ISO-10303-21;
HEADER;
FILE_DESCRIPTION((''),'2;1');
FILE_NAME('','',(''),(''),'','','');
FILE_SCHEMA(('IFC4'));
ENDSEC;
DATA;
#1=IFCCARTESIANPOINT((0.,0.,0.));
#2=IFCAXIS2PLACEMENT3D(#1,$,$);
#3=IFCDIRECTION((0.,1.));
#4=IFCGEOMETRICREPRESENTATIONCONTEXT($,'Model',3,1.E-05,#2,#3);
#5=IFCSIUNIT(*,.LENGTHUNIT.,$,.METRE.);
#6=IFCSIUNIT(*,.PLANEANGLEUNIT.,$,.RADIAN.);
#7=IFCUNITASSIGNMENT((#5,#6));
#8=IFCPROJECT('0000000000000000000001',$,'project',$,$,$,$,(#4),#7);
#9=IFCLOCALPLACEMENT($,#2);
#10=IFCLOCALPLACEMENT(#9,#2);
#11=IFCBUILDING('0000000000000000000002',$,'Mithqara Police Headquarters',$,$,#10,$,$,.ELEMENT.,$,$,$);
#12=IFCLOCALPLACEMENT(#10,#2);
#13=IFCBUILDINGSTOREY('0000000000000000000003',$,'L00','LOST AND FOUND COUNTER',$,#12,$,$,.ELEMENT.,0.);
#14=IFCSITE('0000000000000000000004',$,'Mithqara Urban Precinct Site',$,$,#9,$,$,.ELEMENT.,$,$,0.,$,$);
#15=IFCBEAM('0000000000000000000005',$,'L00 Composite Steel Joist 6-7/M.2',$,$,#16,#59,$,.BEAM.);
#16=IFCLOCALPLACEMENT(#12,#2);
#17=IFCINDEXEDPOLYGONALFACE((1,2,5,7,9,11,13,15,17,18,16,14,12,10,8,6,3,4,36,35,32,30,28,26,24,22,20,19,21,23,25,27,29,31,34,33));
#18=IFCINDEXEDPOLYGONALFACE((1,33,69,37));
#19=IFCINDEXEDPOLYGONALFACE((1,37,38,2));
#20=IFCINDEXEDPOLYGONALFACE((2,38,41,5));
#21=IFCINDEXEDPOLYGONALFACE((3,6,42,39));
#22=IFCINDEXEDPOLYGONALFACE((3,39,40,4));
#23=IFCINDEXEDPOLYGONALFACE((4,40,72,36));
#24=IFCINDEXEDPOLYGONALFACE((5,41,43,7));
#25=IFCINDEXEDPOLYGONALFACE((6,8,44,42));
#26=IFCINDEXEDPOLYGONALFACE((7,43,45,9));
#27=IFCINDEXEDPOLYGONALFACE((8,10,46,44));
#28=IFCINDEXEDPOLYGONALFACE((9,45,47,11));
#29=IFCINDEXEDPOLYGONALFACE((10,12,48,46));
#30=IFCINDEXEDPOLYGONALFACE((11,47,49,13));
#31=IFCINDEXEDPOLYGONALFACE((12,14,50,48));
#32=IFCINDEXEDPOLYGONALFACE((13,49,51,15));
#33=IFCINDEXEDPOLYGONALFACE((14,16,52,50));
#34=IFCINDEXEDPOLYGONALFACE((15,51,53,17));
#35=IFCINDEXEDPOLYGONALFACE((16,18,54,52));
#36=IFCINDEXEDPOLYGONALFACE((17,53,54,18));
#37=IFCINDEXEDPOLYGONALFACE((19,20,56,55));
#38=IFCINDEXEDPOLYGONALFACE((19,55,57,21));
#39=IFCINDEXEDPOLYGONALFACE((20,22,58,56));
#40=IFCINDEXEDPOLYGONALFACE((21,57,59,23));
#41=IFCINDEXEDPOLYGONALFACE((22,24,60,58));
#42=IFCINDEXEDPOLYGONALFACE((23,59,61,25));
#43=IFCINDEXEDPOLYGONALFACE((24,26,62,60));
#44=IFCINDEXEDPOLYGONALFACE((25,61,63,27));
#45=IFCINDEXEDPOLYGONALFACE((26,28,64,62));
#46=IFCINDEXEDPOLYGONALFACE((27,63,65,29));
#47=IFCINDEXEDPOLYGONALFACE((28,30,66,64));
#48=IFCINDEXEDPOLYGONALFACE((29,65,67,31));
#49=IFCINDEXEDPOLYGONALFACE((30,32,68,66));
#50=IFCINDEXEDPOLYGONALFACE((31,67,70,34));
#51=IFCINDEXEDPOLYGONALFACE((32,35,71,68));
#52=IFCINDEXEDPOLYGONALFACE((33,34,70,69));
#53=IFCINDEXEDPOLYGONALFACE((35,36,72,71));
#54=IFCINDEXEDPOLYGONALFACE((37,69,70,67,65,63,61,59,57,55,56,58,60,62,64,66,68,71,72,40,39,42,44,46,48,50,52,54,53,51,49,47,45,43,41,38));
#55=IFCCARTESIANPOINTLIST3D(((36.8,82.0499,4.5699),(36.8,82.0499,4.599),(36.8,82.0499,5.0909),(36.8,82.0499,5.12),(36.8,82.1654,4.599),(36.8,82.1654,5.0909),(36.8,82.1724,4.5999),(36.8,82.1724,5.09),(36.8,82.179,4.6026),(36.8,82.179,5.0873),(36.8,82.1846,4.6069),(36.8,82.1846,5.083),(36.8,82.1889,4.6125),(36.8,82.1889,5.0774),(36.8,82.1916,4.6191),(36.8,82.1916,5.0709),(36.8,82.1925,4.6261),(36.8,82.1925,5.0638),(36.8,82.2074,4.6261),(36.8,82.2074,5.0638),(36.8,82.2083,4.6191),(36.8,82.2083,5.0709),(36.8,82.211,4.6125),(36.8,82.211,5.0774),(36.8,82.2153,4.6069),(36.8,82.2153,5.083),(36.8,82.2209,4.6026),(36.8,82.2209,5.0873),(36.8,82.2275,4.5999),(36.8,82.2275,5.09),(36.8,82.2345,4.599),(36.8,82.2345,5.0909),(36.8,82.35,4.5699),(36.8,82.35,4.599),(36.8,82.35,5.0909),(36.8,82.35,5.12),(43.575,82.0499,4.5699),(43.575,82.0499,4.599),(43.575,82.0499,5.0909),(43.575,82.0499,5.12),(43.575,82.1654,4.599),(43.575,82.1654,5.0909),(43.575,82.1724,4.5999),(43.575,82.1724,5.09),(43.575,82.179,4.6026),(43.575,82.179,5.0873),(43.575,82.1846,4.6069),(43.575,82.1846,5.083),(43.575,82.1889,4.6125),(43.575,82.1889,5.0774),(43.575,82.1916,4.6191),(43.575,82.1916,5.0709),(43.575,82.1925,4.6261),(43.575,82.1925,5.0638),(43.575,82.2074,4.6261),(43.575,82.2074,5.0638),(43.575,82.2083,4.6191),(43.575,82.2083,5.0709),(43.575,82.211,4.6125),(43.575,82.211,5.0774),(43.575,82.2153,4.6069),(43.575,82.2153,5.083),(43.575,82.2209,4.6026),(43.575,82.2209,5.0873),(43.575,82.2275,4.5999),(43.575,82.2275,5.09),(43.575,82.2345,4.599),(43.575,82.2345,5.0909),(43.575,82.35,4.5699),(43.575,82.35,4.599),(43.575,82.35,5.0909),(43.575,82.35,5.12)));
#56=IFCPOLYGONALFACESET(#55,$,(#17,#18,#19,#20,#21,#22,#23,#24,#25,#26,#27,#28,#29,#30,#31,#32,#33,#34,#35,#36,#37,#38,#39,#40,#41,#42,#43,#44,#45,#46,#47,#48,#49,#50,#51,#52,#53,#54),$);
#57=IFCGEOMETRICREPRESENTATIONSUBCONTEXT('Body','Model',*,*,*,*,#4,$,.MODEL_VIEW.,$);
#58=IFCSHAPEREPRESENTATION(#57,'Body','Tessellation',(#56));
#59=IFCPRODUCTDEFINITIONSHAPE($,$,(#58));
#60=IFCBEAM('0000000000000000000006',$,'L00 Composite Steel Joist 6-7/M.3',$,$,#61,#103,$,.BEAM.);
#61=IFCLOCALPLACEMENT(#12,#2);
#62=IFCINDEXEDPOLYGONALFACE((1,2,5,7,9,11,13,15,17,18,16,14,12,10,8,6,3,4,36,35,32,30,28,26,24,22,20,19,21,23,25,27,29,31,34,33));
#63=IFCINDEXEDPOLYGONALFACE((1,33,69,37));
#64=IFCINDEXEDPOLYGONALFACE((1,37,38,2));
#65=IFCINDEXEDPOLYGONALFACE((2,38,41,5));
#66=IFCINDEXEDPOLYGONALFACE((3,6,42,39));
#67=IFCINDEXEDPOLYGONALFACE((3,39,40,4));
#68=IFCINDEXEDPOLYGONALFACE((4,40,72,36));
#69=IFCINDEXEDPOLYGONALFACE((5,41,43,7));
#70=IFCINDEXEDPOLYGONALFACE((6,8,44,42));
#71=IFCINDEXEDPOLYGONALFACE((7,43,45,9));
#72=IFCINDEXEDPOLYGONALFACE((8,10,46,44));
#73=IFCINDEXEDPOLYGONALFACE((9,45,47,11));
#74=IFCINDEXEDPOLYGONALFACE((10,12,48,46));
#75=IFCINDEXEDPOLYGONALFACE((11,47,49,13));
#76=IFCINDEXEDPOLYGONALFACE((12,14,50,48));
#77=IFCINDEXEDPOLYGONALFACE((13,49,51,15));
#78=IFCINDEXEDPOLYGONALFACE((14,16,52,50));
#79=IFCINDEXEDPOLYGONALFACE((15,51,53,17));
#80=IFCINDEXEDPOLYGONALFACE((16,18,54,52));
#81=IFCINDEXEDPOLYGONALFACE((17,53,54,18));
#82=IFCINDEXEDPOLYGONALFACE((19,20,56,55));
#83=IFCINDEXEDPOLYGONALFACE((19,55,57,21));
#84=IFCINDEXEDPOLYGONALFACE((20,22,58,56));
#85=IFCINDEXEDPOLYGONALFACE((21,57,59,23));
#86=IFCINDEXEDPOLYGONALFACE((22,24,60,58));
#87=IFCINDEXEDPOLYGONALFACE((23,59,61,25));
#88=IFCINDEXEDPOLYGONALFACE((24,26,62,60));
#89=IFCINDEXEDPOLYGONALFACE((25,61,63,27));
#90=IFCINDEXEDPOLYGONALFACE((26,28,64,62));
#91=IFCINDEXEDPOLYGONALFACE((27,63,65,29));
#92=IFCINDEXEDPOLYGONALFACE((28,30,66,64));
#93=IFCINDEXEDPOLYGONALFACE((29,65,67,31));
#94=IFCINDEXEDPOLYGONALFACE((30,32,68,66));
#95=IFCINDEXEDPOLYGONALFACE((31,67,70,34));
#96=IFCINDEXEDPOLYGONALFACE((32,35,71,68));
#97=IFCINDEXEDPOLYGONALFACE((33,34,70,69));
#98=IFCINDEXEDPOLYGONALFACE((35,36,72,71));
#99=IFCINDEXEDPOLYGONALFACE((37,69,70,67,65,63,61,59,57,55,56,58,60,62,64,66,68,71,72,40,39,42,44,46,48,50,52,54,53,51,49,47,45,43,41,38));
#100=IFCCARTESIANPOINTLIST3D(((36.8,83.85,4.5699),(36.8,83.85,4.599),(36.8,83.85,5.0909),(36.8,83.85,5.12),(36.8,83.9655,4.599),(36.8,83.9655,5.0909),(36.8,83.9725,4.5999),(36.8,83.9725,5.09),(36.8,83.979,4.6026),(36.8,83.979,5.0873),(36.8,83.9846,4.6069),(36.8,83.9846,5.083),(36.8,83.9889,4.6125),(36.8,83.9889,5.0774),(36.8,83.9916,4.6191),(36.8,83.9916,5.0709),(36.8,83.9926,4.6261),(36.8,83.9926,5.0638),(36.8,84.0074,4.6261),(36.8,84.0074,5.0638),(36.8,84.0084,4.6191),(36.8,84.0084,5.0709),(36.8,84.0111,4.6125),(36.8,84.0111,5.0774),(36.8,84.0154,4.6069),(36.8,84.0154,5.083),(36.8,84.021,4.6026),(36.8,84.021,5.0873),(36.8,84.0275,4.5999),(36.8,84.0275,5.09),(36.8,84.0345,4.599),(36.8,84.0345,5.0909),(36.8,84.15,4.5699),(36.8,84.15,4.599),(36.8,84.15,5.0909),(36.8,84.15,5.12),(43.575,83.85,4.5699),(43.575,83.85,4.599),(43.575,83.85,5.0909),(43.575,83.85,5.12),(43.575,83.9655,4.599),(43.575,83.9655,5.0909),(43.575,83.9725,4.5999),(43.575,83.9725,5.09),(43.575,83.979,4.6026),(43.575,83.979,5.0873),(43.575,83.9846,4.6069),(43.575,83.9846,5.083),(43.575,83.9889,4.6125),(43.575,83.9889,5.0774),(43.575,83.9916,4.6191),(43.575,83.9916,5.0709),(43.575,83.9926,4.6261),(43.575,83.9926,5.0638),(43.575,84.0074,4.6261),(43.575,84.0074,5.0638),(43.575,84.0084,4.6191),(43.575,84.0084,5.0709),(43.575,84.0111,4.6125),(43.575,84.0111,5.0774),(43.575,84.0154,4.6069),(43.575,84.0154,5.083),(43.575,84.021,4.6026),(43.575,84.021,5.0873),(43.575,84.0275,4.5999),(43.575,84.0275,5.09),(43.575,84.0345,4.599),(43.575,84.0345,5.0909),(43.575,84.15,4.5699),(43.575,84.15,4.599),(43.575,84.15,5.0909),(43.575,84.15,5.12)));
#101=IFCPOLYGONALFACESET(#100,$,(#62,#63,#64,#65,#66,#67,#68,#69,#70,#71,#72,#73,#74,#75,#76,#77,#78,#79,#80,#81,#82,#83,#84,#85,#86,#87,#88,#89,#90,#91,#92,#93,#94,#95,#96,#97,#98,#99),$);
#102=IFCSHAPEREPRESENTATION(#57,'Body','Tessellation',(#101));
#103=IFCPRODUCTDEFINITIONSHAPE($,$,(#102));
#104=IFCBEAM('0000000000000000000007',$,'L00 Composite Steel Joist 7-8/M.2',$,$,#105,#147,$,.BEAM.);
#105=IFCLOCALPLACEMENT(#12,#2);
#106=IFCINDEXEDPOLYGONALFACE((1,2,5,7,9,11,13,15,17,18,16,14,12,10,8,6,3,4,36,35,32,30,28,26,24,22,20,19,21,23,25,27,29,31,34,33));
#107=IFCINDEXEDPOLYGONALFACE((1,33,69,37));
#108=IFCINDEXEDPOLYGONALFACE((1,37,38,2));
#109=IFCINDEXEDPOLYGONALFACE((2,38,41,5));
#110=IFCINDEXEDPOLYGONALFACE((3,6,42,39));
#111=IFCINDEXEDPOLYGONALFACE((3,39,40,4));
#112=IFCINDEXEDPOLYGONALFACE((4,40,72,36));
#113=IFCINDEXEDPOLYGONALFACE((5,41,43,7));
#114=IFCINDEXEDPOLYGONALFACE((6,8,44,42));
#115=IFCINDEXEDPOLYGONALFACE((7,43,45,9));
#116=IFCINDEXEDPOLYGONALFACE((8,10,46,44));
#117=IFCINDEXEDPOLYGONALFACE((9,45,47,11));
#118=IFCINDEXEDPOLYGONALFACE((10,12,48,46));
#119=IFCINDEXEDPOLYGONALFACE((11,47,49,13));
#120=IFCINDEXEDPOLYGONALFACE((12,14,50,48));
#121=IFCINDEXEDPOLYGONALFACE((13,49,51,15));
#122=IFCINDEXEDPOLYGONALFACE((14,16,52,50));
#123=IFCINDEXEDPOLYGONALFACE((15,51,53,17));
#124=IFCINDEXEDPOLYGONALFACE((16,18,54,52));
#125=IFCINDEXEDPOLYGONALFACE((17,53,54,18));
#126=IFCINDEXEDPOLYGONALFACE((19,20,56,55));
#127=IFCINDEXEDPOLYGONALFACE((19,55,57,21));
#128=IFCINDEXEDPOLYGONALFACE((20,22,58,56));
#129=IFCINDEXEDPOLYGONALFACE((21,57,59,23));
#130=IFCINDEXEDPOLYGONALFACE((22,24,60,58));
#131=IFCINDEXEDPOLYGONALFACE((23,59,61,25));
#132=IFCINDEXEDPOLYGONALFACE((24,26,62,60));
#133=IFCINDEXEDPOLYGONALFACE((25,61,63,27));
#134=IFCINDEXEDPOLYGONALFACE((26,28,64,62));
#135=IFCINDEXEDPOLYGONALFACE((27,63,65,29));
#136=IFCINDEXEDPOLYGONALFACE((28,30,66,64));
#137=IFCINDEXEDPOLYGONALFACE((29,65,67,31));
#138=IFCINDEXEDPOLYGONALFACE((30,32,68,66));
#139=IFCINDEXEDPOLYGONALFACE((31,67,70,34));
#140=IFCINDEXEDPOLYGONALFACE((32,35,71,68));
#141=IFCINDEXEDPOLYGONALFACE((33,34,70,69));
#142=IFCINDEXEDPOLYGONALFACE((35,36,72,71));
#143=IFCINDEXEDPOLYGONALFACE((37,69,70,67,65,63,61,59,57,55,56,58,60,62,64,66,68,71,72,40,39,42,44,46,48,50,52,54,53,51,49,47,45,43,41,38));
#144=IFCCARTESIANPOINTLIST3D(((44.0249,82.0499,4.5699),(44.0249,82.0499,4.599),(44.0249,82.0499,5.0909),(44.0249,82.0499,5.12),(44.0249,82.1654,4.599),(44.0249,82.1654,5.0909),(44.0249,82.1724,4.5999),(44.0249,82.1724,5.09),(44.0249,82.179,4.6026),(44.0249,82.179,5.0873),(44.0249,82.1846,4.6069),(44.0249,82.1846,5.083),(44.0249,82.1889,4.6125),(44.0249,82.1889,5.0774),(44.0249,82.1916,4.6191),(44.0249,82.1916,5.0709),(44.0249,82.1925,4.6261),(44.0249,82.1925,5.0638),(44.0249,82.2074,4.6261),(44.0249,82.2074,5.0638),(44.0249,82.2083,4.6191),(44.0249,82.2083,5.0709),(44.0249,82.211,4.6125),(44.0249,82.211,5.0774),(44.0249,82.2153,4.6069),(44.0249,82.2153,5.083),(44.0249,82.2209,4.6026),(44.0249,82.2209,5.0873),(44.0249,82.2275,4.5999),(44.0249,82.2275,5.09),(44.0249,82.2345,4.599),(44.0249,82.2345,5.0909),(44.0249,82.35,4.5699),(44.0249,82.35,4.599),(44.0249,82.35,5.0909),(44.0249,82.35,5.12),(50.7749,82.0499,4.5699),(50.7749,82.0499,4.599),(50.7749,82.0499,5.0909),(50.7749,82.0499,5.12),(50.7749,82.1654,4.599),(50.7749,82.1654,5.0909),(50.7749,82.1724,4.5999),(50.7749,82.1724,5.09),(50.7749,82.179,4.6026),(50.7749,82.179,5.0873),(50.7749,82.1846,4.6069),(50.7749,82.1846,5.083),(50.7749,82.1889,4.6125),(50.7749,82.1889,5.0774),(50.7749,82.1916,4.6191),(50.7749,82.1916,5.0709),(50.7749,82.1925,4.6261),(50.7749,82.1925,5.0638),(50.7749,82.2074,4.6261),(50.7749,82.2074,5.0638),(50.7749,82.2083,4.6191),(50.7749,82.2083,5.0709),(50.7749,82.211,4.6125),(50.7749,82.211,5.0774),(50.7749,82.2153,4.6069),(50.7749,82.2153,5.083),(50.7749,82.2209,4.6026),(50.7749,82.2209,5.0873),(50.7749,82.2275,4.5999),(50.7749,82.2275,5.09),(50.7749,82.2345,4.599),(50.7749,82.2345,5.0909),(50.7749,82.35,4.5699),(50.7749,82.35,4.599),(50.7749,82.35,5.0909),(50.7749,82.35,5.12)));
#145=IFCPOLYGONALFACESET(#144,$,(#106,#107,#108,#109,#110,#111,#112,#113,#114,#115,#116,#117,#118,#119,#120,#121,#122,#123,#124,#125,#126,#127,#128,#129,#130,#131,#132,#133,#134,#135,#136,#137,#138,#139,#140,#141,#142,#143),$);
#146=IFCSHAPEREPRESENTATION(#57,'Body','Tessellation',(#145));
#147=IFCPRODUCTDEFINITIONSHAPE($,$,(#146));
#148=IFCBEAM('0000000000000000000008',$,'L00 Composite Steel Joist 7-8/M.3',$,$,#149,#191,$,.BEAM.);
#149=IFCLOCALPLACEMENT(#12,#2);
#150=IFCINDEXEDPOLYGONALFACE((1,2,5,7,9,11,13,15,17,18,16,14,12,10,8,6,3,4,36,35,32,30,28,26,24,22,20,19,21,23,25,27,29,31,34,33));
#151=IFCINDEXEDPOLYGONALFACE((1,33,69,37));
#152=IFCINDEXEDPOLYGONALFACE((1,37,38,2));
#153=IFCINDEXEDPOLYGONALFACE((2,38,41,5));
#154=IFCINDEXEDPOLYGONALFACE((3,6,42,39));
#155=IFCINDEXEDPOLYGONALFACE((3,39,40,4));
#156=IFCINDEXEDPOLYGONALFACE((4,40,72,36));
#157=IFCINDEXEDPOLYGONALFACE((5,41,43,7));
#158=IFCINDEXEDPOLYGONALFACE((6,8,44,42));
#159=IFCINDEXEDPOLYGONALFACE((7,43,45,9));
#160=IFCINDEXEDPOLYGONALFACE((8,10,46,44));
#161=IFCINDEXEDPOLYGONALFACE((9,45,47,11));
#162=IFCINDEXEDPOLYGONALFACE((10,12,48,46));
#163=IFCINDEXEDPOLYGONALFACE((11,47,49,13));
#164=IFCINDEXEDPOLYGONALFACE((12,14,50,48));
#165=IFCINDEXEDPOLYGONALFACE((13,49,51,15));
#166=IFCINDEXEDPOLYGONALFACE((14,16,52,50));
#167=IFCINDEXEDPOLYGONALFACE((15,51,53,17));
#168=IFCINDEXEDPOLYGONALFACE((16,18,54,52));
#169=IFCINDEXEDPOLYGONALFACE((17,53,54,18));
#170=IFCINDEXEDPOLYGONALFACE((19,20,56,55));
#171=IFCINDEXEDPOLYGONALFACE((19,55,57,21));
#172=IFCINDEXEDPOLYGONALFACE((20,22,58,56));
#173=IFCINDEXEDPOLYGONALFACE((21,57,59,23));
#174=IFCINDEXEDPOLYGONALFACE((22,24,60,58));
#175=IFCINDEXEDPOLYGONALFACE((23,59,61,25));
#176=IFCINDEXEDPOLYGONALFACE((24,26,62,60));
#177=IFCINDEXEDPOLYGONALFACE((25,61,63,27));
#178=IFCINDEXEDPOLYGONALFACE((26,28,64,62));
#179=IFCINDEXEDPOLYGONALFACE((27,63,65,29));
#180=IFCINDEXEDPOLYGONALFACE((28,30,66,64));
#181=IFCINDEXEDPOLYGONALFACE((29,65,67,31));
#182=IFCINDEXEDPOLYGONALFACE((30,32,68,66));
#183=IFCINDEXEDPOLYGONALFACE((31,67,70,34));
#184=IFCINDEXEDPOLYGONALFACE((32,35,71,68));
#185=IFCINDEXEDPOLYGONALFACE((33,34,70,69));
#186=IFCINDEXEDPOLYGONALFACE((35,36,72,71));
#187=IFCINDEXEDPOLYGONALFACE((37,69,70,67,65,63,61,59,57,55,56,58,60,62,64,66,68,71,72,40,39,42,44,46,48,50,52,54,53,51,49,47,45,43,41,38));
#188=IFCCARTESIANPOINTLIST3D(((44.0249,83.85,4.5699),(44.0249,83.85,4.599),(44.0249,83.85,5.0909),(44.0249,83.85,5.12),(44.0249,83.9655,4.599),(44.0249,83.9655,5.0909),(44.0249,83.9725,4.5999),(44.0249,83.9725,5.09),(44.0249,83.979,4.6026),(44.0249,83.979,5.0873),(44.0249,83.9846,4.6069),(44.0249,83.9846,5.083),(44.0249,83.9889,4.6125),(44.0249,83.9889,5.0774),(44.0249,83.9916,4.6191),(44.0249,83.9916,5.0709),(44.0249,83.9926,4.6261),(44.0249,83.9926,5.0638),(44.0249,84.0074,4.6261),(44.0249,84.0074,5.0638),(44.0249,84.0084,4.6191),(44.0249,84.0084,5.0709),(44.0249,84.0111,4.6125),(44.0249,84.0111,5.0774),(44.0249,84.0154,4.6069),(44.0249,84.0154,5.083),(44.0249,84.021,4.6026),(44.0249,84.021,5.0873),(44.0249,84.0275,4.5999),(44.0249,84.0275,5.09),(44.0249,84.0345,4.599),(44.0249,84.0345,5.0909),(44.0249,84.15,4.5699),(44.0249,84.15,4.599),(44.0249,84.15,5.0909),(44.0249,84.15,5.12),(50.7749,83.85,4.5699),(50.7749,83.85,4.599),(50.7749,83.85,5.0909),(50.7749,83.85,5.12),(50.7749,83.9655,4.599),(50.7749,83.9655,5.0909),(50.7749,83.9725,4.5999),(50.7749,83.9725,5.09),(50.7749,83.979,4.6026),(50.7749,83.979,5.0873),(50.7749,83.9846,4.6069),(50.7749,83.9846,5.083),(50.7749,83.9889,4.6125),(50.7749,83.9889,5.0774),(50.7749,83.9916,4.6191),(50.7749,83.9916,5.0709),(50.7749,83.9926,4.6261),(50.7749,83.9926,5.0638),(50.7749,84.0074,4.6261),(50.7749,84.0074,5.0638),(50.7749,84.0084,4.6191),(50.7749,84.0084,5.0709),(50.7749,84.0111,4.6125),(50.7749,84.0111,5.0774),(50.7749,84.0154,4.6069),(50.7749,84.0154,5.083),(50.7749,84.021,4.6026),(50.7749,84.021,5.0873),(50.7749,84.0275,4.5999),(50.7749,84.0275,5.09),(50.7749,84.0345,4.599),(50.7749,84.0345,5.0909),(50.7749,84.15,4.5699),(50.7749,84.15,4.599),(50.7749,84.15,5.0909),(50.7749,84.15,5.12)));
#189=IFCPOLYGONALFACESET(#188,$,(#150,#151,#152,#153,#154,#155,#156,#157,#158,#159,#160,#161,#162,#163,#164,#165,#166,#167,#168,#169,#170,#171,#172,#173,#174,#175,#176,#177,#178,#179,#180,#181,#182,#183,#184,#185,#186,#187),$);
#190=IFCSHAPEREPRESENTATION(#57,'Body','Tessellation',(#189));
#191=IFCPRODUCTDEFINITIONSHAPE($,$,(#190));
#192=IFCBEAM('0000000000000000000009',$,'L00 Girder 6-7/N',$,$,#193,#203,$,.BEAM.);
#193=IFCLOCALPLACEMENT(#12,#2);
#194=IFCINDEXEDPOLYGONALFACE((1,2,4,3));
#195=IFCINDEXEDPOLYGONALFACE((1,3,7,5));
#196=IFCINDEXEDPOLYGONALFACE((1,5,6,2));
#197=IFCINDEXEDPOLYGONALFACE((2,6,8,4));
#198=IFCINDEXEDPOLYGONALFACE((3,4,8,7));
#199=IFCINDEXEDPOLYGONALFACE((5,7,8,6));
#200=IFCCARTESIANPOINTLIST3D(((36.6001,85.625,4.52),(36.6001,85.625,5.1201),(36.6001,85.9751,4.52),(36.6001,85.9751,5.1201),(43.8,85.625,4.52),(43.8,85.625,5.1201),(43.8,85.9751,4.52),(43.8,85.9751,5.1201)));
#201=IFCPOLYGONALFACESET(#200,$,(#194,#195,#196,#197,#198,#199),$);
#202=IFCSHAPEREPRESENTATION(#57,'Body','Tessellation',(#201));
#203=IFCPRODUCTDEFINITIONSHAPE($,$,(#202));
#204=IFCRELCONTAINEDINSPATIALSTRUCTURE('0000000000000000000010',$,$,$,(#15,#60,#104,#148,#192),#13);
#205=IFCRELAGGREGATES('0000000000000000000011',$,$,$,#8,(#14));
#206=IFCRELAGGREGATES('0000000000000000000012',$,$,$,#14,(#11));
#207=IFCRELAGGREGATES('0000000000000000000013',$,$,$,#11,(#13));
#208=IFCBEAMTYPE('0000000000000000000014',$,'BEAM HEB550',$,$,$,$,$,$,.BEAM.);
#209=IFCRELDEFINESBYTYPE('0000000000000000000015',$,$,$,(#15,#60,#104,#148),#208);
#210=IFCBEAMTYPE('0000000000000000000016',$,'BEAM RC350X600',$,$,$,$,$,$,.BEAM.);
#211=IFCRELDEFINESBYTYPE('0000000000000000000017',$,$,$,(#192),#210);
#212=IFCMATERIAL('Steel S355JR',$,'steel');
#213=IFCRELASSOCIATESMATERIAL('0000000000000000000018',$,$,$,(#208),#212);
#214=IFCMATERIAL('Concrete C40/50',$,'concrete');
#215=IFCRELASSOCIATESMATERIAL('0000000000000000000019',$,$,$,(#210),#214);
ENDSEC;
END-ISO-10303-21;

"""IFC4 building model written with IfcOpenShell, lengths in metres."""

from ifc_helpers import new_model, si_unit, direction, frame, origin, origin_2d, place, context, subcontext, project, spatial, rectangle, i_section, extrude, material, material_profile, profile_set, type_object, element, save


model = new_model("IFC4")

# Units and contexts
model_context = context("Model", 3, precision=1e-05, world=origin(), true_north=direction((0.0, 1.0)))
body_context = subcontext(model_context, "Body", "Model", "MODEL_VIEW")
ifc_project = project(units=[si_unit("LENGTHUNIT", "METRE"), si_unit("PLANEANGLEUNIT", "RADIAN")], contexts=[model_context])

# Site, building, storey
site_placement = place(None, origin())
site = spatial("IfcSite", under=ifc_project, at=site_placement, Name="Mithqara Urban Precinct Site", CompositionType="ELEMENT", RefElevation=0.0)
building_placement = place(site_placement, origin())
building = spatial("IfcBuilding", under=site, at=building_placement, Name="Mithqara Police Headquarters", CompositionType="ELEMENT")
storey_placement = place(building_placement, origin())
storey = spatial("IfcBuildingStorey", under=building, at=storey_placement, Name="L00", Description="LOST AND FOUND COUNTER", CompositionType="ELEMENT", Elevation=0.0)

# Shared definitions
ifc_material_1 = material(Name="Concrete C40/50", Category="concrete")

# Beams
ifc_material_2 = material(Name="Steel S355JR", Category="steel")
ifc_material_profile_1 = material_profile(ifc_material_2, i_section(OverallWidth=0.3, OverallDepth=0.55, WebThickness=0.0149, FlangeThickness=0.0291, FilletRadius=0.0271, at=origin_2d()), Name="HEB 550")
ifc_profile_set_1 = profile_set([ifc_material_profile_1], Name="Steel S355JR")
beam_type_1 = type_object("IfcBeamType", Name="BEAM HEB550", PredefinedType="BEAM", material=ifc_profile_set_1)
for number, where, z_axis, x_axis, name in (
    (1, (36.8, 82.2, 4.845), (1.0, 0.0, 0.0), (0.0, 1.0, 0.0), "L00 Composite Steel Joist 6-7/M.2"),
    (2, (36.8, 84.0, 4.845), (1.0, 0.0, 0.0), (0.0, 1.0, 0.0), "L00 Composite Steel Joist 6-7/M.3"),
):
    element("IfcBeam", number, at=place(storey_placement, frame(where, z_axis=z_axis, x_axis=x_axis)), inside=storey, type_object=beam_type_1, Name=name, PredefinedType="BEAM", context=body_context, shape_type="SweptSolid", body=[
        extrude(i_section(OverallWidth=0.3, OverallDepth=0.55, WebThickness=0.0149, FlangeThickness=0.0291, FilletRadius=0.0271, at=origin_2d()), origin(), (0.0, 0.0, 1.0), 6.7749),
    ])
for number, where, z_axis, x_axis, name in (
    (3, (44.0249, 82.2, 4.845), (1.0, 0.0, 0.0), (0.0, 1.0, 0.0), "L00 Composite Steel Joist 7-8/M.2"),
    (4, (44.0249, 84.0, 4.845), (1.0, 0.0, 0.0), (0.0, 1.0, 0.0), "L00 Composite Steel Joist 7-8/M.3"),
):
    element("IfcBeam", number, at=place(storey_placement, frame(where, z_axis=z_axis, x_axis=x_axis)), inside=storey, type_object=beam_type_1, Name=name, PredefinedType="BEAM", context=body_context, shape_type="SweptSolid", body=[
        extrude(i_section(OverallWidth=0.3, OverallDepth=0.55, WebThickness=0.0149, FlangeThickness=0.0291, FilletRadius=0.0271, at=origin_2d()), origin(), (0.0, 0.0, 1.0), 6.75),
    ])
ifc_material_profile_2 = material_profile(ifc_material_1, rectangle(XDim=0.3501, YDim=0.6001, at=origin_2d()), Name="RC 350x600")
ifc_profile_set_2 = profile_set([ifc_material_profile_2], Name="Concrete C40/50")
beam_type_2 = type_object("IfcBeamType", Name="BEAM RC350X600", PredefinedType="BEAM", material=ifc_profile_set_2)
beam_1_placement = place(storey_placement, frame((36.6001, 85.8, 4.8201), z_axis=(1.0, 0.0, 0.0), x_axis=(0.0, 1.0, 0.0)))
element("IfcBeam", 5, at=beam_1_placement, inside=storey, type_object=beam_type_2, Name="L00 Girder 6-7/N", PredefinedType="BEAM", context=body_context, shape_type="SweptSolid", body=[
    extrude(rectangle(XDim=0.3501, YDim=0.6001, at=origin_2d()), origin(), (0.0, 0.0, 1.0), 7.2),
])

save(model, "model.ifc")
